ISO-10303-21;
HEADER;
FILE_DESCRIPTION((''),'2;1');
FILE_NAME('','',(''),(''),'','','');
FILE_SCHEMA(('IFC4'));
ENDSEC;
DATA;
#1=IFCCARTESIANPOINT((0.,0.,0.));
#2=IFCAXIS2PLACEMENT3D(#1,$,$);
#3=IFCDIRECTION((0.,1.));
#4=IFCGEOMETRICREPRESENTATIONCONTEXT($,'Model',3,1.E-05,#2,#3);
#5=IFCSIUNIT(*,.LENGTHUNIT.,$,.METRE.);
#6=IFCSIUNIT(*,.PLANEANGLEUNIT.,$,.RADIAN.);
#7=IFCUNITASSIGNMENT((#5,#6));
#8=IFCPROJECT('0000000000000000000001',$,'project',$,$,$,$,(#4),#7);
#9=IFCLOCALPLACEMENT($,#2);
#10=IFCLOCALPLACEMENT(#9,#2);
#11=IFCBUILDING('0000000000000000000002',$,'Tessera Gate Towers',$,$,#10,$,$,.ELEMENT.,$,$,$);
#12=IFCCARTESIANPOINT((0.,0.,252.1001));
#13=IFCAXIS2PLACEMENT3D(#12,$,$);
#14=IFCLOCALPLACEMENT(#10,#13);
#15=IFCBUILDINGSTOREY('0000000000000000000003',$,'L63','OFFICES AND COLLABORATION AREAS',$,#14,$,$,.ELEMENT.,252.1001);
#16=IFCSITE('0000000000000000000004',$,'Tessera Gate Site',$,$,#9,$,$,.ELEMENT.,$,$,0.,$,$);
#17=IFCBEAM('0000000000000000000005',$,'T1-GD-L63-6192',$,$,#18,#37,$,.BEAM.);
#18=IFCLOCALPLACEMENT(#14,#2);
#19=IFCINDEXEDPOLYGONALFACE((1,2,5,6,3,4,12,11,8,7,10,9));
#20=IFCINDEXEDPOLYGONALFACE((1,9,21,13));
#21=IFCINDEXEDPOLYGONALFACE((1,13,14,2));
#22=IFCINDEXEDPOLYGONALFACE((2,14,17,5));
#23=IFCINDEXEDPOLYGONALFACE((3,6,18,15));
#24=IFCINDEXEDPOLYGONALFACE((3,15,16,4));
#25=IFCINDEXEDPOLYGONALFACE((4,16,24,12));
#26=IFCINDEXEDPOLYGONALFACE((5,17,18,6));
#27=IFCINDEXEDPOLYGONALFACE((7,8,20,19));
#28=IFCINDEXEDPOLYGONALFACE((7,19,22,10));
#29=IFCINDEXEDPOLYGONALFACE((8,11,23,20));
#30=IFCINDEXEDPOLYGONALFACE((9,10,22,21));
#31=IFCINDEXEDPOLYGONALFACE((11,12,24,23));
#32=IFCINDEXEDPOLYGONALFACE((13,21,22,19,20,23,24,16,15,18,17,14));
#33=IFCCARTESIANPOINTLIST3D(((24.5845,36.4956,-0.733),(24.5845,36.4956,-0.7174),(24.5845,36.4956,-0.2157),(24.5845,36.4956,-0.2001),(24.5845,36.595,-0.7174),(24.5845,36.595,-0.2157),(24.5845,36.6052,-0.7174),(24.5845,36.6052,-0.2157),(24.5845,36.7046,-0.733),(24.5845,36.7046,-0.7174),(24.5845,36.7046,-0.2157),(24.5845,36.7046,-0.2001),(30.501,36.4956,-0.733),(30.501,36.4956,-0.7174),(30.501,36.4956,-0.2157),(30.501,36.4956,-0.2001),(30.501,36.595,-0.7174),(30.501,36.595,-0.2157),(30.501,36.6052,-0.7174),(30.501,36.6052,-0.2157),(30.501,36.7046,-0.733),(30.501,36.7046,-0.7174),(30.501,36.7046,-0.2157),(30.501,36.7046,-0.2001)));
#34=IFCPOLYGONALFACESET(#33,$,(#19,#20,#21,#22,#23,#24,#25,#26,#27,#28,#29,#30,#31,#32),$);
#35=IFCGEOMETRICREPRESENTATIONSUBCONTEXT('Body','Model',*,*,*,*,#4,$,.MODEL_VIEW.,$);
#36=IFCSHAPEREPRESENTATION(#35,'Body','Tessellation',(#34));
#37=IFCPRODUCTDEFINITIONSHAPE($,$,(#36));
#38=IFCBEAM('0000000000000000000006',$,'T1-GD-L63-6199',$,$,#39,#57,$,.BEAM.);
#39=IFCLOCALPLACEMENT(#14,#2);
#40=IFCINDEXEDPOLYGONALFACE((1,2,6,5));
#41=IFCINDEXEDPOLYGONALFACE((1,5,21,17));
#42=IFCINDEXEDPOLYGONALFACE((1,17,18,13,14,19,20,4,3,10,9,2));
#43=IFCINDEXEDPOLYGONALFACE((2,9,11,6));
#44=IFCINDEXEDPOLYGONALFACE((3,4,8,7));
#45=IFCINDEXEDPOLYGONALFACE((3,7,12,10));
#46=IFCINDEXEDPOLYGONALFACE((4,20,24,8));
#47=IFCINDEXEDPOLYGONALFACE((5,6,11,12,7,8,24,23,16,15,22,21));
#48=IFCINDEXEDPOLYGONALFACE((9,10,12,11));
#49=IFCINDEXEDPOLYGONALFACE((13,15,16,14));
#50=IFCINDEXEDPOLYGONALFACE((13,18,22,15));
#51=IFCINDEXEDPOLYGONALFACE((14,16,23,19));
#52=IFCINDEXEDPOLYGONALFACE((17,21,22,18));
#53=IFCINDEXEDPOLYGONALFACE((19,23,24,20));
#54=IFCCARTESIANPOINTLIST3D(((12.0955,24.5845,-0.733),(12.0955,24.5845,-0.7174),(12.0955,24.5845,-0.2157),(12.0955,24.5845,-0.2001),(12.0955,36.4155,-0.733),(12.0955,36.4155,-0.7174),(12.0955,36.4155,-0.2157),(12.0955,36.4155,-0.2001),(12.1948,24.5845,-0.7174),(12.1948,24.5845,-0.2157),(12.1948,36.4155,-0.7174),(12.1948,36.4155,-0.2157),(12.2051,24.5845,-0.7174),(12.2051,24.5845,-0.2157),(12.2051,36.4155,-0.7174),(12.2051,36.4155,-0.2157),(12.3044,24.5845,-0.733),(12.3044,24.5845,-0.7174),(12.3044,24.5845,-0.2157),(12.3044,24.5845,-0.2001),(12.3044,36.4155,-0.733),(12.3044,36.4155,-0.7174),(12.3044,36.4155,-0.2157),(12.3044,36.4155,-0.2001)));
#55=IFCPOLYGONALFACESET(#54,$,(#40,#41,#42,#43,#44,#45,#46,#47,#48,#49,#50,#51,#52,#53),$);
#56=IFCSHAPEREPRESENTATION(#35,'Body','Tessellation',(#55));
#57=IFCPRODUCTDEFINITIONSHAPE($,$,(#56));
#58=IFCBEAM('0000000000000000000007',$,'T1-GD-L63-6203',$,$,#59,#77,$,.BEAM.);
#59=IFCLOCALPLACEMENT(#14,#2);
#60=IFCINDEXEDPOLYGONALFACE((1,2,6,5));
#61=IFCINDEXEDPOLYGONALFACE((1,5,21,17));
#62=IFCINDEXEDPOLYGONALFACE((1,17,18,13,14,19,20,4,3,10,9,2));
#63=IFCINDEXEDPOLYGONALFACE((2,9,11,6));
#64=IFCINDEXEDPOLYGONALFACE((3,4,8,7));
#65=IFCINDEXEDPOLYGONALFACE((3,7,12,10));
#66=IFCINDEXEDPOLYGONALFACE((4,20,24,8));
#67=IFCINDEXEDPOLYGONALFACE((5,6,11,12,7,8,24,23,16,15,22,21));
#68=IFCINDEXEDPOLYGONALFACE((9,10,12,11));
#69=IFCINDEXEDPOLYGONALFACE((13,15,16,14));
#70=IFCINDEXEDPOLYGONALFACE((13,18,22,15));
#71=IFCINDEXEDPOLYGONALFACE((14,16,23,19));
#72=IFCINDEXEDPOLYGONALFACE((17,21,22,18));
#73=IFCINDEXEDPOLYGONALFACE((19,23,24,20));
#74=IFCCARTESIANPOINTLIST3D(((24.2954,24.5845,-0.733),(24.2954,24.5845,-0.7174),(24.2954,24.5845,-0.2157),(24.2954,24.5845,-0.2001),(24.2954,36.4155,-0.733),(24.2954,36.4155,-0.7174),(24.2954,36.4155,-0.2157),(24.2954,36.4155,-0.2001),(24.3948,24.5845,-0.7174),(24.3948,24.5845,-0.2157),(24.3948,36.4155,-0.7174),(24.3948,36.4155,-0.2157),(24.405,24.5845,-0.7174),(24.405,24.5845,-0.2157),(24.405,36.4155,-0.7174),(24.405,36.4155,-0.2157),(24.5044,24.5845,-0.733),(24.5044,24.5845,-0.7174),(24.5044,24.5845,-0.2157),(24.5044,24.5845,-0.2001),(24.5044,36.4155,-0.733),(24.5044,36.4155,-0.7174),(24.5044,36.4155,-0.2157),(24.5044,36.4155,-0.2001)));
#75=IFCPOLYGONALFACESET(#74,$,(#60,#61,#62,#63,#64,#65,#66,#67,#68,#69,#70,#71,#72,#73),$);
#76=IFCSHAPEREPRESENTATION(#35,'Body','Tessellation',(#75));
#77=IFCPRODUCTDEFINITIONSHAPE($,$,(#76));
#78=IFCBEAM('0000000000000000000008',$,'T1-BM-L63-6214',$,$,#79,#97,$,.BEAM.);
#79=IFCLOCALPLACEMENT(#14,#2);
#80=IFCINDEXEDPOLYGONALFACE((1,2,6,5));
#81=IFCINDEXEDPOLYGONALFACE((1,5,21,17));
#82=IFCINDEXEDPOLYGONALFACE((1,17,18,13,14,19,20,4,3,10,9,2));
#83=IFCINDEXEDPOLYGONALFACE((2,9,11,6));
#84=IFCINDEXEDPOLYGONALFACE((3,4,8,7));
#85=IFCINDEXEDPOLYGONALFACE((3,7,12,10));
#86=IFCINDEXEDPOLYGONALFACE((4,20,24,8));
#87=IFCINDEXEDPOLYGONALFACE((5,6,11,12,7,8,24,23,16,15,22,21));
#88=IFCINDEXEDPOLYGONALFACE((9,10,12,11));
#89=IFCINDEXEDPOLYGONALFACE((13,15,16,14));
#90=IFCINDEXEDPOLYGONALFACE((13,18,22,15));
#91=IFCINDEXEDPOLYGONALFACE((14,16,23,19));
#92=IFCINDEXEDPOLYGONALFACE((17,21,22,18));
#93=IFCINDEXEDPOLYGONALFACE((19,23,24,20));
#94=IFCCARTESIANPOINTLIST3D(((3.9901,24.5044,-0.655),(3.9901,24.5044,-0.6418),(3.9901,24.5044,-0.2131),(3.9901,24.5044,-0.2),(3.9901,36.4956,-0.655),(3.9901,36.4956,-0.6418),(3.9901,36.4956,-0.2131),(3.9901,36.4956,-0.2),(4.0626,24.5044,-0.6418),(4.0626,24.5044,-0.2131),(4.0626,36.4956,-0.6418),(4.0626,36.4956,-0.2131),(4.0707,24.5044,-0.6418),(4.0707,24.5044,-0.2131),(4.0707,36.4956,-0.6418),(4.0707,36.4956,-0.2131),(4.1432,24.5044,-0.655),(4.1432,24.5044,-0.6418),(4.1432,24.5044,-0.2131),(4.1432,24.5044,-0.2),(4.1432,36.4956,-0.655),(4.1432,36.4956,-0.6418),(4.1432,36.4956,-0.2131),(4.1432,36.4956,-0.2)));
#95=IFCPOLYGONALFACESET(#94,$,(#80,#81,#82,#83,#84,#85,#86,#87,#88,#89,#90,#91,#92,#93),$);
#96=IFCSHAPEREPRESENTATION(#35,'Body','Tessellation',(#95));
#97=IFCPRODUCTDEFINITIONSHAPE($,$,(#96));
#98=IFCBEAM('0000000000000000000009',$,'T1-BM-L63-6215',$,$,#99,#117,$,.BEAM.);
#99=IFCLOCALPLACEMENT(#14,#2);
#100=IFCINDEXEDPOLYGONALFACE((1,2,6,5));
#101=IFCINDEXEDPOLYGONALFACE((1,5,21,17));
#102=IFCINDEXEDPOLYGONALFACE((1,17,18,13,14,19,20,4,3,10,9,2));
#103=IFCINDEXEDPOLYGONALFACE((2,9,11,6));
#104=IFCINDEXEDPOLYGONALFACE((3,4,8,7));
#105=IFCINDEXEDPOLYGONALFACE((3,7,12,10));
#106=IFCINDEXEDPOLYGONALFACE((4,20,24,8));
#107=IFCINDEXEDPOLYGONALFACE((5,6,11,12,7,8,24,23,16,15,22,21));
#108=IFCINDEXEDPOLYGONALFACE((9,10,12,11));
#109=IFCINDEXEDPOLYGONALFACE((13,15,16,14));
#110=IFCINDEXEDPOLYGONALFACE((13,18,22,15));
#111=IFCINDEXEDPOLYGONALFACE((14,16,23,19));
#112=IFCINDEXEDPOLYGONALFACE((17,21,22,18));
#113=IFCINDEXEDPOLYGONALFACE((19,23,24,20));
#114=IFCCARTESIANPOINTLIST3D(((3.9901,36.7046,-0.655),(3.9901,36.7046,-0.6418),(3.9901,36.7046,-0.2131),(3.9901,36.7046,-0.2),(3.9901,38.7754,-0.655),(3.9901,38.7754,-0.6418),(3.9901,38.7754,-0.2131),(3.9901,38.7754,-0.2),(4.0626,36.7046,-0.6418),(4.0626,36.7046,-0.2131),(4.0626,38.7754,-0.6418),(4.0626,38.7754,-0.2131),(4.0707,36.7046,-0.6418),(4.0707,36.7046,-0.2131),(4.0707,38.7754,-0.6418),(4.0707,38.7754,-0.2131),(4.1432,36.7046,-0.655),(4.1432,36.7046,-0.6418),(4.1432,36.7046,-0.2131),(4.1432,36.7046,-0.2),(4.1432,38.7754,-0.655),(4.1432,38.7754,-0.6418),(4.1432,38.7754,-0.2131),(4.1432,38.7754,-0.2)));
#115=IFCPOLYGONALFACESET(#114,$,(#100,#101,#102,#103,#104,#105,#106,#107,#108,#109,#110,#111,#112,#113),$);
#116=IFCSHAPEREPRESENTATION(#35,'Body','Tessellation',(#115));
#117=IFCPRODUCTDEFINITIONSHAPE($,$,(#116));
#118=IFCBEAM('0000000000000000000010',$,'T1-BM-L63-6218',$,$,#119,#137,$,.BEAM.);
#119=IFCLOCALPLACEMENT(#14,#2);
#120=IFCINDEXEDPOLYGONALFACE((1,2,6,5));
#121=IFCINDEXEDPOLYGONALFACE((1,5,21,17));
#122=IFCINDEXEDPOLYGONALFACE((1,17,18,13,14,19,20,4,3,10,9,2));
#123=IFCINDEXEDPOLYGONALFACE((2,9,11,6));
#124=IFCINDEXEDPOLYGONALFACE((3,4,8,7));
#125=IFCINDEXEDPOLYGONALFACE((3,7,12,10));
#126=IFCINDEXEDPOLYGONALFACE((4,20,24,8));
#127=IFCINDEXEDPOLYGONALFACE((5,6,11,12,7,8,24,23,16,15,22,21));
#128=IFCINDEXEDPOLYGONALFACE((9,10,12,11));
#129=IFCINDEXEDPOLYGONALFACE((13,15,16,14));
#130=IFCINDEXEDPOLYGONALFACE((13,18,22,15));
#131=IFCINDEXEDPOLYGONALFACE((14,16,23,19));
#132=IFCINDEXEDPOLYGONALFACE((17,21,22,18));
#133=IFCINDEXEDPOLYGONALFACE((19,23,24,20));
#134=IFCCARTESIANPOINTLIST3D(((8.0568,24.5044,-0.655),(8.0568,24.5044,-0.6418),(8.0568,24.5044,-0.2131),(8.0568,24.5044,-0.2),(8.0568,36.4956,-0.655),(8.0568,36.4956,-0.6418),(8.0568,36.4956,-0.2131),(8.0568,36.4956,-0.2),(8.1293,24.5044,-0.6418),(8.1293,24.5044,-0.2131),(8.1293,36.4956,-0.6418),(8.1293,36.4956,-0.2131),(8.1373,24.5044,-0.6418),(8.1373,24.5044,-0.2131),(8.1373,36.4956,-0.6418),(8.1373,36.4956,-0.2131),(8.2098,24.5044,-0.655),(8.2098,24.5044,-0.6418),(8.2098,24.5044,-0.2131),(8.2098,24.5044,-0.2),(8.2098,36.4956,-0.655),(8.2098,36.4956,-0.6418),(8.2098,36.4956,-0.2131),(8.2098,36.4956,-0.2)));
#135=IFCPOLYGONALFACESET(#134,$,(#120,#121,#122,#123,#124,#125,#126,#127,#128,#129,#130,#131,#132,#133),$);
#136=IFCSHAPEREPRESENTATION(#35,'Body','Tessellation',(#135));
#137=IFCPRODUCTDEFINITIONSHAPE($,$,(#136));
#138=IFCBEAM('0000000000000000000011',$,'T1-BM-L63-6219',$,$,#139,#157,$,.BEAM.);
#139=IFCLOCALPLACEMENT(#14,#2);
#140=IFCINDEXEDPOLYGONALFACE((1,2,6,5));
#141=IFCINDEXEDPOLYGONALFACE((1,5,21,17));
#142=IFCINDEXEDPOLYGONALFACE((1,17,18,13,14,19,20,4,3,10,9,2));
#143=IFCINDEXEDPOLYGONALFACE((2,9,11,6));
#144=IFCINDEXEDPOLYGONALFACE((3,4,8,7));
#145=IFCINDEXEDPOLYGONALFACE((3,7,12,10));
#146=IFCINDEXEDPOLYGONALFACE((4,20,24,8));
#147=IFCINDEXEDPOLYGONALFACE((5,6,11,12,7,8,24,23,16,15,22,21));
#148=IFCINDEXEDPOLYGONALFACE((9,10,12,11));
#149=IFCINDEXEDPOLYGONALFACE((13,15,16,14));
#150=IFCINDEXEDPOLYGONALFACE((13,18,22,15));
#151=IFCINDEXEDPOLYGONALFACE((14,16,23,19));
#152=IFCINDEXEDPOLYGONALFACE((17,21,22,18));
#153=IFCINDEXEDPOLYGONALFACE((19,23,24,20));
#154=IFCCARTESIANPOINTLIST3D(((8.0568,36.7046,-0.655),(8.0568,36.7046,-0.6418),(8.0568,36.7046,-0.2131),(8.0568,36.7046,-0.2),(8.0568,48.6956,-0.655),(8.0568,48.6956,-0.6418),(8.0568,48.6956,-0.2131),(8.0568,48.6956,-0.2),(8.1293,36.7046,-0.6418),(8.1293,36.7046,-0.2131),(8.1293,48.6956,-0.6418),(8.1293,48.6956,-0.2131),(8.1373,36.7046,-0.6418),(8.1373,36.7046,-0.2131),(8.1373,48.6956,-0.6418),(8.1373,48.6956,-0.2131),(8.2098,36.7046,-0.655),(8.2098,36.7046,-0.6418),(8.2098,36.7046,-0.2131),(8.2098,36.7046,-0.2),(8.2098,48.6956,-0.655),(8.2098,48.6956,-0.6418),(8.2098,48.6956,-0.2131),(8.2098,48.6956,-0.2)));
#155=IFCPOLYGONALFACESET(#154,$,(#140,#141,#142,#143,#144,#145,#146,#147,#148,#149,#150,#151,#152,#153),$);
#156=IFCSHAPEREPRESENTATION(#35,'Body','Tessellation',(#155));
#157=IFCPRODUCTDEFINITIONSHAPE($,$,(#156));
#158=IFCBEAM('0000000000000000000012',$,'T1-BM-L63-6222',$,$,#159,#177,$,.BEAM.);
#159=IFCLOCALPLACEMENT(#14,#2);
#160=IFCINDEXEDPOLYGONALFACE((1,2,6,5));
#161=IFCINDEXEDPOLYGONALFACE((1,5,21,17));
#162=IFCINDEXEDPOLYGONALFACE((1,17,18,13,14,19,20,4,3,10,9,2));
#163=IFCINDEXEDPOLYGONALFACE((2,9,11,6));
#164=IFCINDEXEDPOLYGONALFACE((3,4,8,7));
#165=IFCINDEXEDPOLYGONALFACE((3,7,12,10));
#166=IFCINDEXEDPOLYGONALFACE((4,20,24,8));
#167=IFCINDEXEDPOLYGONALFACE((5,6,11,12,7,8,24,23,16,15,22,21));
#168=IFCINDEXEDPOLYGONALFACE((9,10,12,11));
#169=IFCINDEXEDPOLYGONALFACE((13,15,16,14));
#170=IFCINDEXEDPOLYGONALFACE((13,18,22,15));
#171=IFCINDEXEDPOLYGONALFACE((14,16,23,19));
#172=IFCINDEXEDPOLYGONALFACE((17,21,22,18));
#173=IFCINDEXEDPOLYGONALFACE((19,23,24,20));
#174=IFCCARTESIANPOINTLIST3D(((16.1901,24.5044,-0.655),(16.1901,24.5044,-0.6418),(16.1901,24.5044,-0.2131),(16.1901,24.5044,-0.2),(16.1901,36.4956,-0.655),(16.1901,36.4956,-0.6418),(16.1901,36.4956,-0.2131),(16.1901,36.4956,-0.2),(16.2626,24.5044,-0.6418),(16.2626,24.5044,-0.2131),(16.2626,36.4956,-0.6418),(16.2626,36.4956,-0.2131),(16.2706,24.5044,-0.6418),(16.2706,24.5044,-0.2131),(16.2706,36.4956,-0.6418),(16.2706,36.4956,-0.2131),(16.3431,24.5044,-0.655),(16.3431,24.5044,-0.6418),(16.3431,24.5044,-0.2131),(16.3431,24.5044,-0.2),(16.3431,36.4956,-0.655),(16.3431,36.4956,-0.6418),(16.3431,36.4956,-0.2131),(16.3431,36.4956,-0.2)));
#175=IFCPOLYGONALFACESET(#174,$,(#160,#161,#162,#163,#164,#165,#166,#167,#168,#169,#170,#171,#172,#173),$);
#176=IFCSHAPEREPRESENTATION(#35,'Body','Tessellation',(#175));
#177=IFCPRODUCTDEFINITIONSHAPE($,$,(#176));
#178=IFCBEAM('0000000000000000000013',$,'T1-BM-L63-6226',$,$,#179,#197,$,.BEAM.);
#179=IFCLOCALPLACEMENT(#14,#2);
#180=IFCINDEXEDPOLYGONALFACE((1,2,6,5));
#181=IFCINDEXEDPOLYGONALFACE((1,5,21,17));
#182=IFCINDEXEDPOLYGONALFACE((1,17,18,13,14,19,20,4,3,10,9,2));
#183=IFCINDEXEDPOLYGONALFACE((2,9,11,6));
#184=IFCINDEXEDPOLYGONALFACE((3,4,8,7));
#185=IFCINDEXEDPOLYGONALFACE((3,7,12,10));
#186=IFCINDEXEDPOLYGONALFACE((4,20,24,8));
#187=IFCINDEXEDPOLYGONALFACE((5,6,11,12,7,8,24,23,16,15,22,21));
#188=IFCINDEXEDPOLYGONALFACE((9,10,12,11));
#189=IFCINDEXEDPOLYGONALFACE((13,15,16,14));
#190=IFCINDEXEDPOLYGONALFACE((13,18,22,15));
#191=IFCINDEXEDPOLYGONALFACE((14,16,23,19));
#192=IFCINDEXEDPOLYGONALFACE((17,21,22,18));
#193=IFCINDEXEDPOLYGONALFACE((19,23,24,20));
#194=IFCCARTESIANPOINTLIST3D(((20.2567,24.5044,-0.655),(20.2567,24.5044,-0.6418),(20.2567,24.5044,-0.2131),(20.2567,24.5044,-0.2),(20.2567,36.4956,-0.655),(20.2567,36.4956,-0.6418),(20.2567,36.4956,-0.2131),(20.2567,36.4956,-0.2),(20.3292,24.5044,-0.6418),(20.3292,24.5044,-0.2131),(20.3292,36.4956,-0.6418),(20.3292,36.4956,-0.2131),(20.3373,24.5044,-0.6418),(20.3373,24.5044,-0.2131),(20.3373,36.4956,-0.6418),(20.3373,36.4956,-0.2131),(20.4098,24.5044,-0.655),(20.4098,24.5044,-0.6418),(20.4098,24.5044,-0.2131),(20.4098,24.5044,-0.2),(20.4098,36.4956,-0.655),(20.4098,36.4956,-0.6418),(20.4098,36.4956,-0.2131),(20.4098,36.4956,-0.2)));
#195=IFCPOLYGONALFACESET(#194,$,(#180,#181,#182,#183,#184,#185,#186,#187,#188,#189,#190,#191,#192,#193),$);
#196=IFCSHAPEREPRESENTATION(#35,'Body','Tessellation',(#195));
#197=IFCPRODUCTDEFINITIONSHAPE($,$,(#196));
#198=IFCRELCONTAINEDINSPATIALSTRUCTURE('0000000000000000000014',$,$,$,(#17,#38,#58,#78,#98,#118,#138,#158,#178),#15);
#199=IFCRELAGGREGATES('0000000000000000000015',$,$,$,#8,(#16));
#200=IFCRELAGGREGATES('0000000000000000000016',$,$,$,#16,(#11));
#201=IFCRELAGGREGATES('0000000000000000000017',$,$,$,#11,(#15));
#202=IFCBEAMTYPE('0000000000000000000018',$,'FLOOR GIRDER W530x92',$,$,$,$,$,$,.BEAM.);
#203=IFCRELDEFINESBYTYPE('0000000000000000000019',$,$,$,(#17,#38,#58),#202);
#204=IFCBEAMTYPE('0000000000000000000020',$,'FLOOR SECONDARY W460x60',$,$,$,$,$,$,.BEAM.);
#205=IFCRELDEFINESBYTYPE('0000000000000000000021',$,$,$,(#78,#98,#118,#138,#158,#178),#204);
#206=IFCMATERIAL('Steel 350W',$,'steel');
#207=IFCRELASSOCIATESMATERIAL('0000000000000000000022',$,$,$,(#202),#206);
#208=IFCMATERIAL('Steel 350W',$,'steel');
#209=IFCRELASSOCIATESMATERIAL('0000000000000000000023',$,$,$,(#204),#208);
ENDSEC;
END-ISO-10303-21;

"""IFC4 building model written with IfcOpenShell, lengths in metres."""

from ifc_helpers import new_model, si_unit, direction, frame, origin, origin_2d, place, context, subcontext, project, spatial, i_section, extrude, material, material_profile, profile_set, type_object, element, save


model = new_model("IFC4")

# Units and contexts
model_context = context("Model", 3, precision=1e-05, world=origin(), true_north=direction((0.0, 1.0)))
body_context = subcontext(model_context, "Body", "Model", "MODEL_VIEW")
ifc_project = project(units=[si_unit("LENGTHUNIT", "METRE"), si_unit("PLANEANGLEUNIT", "RADIAN")], contexts=[model_context])

# Site, building, storey
site_placement = place(None, origin())
site = spatial("IfcSite", under=ifc_project, at=site_placement, Name="Tessera Gate Site", CompositionType="ELEMENT", RefElevation=0.0)
building_placement = place(site_placement, origin())
building = spatial("IfcBuilding", under=site, at=building_placement, Name="Tessera Gate Towers", CompositionType="ELEMENT")
storey_placement = place(building_placement, frame((0.0, 0.0, 252.1001)))
storey = spatial("IfcBuildingStorey", under=building, at=storey_placement, Name="L63", Description="OFFICES AND COLLABORATION AREAS", CompositionType="ELEMENT", Elevation=252.1001)

# Beams
ifc_material_1 = material(Name="Steel 350W", Category="steel")
ifc_material_profile_1 = material_profile(ifc_material_1, i_section(OverallWidth=0.209, OverallDepth=0.533, WebThickness=0.0103, FlangeThickness=0.0156, at=origin_2d()), Name="W530x92")
ifc_profile_set_1 = profile_set([ifc_material_profile_1], Name="Steel 350W")
beam_type_1 = type_object("IfcBeamType", Name="FLOOR GIRDER W530x92", PredefinedType="BEAM", material=ifc_profile_set_1)
beam_1_placement = place(storey_placement, frame((24.5845, 36.6001, -0.4666), z_axis=(1.0, 0.0, 0.0), x_axis=(0.0, 1.0, 0.0)))
element("IfcBeam", 1, at=beam_1_placement, inside=storey, type_object=beam_type_1, Name="T1-GD-L63-6192", PredefinedType="BEAM", context=body_context, shape_type="SweptSolid", body=[
    extrude(i_section(OverallWidth=0.209, OverallDepth=0.533, WebThickness=0.0103, FlangeThickness=0.0156, at=origin_2d()), origin(), (0.0, 0.0, 1.0), 5.9165),
])
for number, where, z_axis, x_axis, name in (
    (2, (12.2, 24.5845, -0.4666), (0.0, 1.0, 0.0), (-1.0, 0.0, 0.0), "T1-GD-L63-6199"),
    (3, (24.3999, 24.5845, -0.4666), (0.0, 1.0, 0.0), (-1.0, 0.0, 0.0), "T1-GD-L63-6203"),
):
    element("IfcBeam", number, at=place(storey_placement, frame(where, z_axis=z_axis, x_axis=x_axis)), inside=storey, type_object=beam_type_1, Name=name, PredefinedType="BEAM", context=body_context, shape_type="SweptSolid", body=[
        extrude(i_section(OverallWidth=0.209, OverallDepth=0.533, WebThickness=0.0103, FlangeThickness=0.0156, at=origin_2d()), origin(), (0.0, 0.0, 1.0), 11.8311),
    ])
ifc_material_2 = material(Name="Steel 350W", Category="steel")
ifc_material_profile_2 = material_profile(ifc_material_2, i_section(OverallWidth=0.1531, OverallDepth=0.4551, WebThickness=0.0081, FlangeThickness=0.0132, at=origin_2d()), Name="W460x60")
ifc_profile_set_2 = profile_set([ifc_material_profile_2], Name="Steel 350W")
beam_type_2 = type_object("IfcBeamType", Name="FLOOR SECONDARY W460x60", PredefinedType="BEAM", material=ifc_profile_set_2)
beam_2_placement = place(storey_placement, frame((4.0667, 24.5044, -0.4275), z_axis=(0.0, 1.0, 0.0), x_axis=(-1.0, 0.0, 0.0)))
element("IfcBeam", 4, at=beam_2_placement, inside=storey, type_object=beam_type_2, Name="T1-BM-L63-6214", PredefinedType="BEAM", context=body_context, shape_type="SweptSolid", body=[
    extrude(i_section(OverallWidth=0.1531, OverallDepth=0.4551, WebThickness=0.0081, FlangeThickness=0.0132, at=origin_2d()), origin(), (0.0, 0.0, 1.0), 11.9912),
])
beam_3_placement = place(storey_placement, frame((4.0667, 36.7046, -0.4275), z_axis=(0.0, 1.0, 0.0), x_axis=(-1.0, 0.0, 0.0)))
element("IfcBeam", 5, at=beam_3_placement, inside=storey, type_object=beam_type_2, Name="T1-BM-L63-6215", PredefinedType="BEAM", context=body_context, shape_type="SweptSolid", body=[
    extrude(i_section(OverallWidth=0.1531, OverallDepth=0.4551, WebThickness=0.0081, FlangeThickness=0.0132, at=origin_2d()), origin(), (0.0, 0.0, 1.0), 2.0708),
])
beam_4_placement = place(storey_placement, frame((8.1333, 24.5044, -0.4275), z_axis=(0.0, 1.0, 0.0), x_axis=(-1.0, 0.0, 0.0)))
element("IfcBeam", 6, at=beam_4_placement, inside=storey, type_object=beam_type_2, Name="T1-BM-L63-6218", PredefinedType="BEAM", context=body_context, shape_type="SweptSolid", body=[
    extrude(i_section(OverallWidth=0.1531, OverallDepth=0.4551, WebThickness=0.0081, FlangeThickness=0.0132, at=origin_2d()), origin(), (0.0, 0.0, 1.0), 11.9912),
])
beam_5_placement = place(storey_placement, frame((8.1333, 36.7046, -0.4275), z_axis=(0.0, 1.0, 0.0), x_axis=(-1.0, 0.0, 0.0)))
element("IfcBeam", 7, at=beam_5_placement, inside=storey, type_object=beam_type_2, Name="T1-BM-L63-6219", PredefinedType="BEAM", context=body_context, shape_type="SweptSolid", body=[
    extrude(i_section(OverallWidth=0.1531, OverallDepth=0.4551, WebThickness=0.0081, FlangeThickness=0.0132, at=origin_2d()), origin(), (0.0, 0.0, 1.0), 11.991),
])
for number, where, z_axis, x_axis, name in (
    (8, (16.2666, 24.5044, -0.4275), (0.0, 1.0, 0.0), (-1.0, 0.0, 0.0), "T1-BM-L63-6222"),
    (9, (20.3333, 24.5044, -0.4275), (0.0, 1.0, 0.0), (-1.0, 0.0, 0.0), "T1-BM-L63-6226"),
):
    element("IfcBeam", number, at=place(storey_placement, frame(where, z_axis=z_axis, x_axis=x_axis)), inside=storey, type_object=beam_type_2, Name=name, PredefinedType="BEAM", context=body_context, shape_type="SweptSolid", body=[
        extrude(i_section(OverallWidth=0.1531, OverallDepth=0.4551, WebThickness=0.0081, FlangeThickness=0.0132, at=origin_2d()), origin(), (0.0, 0.0, 1.0), 11.9912),
    ])

save(model, "model.ifc")
